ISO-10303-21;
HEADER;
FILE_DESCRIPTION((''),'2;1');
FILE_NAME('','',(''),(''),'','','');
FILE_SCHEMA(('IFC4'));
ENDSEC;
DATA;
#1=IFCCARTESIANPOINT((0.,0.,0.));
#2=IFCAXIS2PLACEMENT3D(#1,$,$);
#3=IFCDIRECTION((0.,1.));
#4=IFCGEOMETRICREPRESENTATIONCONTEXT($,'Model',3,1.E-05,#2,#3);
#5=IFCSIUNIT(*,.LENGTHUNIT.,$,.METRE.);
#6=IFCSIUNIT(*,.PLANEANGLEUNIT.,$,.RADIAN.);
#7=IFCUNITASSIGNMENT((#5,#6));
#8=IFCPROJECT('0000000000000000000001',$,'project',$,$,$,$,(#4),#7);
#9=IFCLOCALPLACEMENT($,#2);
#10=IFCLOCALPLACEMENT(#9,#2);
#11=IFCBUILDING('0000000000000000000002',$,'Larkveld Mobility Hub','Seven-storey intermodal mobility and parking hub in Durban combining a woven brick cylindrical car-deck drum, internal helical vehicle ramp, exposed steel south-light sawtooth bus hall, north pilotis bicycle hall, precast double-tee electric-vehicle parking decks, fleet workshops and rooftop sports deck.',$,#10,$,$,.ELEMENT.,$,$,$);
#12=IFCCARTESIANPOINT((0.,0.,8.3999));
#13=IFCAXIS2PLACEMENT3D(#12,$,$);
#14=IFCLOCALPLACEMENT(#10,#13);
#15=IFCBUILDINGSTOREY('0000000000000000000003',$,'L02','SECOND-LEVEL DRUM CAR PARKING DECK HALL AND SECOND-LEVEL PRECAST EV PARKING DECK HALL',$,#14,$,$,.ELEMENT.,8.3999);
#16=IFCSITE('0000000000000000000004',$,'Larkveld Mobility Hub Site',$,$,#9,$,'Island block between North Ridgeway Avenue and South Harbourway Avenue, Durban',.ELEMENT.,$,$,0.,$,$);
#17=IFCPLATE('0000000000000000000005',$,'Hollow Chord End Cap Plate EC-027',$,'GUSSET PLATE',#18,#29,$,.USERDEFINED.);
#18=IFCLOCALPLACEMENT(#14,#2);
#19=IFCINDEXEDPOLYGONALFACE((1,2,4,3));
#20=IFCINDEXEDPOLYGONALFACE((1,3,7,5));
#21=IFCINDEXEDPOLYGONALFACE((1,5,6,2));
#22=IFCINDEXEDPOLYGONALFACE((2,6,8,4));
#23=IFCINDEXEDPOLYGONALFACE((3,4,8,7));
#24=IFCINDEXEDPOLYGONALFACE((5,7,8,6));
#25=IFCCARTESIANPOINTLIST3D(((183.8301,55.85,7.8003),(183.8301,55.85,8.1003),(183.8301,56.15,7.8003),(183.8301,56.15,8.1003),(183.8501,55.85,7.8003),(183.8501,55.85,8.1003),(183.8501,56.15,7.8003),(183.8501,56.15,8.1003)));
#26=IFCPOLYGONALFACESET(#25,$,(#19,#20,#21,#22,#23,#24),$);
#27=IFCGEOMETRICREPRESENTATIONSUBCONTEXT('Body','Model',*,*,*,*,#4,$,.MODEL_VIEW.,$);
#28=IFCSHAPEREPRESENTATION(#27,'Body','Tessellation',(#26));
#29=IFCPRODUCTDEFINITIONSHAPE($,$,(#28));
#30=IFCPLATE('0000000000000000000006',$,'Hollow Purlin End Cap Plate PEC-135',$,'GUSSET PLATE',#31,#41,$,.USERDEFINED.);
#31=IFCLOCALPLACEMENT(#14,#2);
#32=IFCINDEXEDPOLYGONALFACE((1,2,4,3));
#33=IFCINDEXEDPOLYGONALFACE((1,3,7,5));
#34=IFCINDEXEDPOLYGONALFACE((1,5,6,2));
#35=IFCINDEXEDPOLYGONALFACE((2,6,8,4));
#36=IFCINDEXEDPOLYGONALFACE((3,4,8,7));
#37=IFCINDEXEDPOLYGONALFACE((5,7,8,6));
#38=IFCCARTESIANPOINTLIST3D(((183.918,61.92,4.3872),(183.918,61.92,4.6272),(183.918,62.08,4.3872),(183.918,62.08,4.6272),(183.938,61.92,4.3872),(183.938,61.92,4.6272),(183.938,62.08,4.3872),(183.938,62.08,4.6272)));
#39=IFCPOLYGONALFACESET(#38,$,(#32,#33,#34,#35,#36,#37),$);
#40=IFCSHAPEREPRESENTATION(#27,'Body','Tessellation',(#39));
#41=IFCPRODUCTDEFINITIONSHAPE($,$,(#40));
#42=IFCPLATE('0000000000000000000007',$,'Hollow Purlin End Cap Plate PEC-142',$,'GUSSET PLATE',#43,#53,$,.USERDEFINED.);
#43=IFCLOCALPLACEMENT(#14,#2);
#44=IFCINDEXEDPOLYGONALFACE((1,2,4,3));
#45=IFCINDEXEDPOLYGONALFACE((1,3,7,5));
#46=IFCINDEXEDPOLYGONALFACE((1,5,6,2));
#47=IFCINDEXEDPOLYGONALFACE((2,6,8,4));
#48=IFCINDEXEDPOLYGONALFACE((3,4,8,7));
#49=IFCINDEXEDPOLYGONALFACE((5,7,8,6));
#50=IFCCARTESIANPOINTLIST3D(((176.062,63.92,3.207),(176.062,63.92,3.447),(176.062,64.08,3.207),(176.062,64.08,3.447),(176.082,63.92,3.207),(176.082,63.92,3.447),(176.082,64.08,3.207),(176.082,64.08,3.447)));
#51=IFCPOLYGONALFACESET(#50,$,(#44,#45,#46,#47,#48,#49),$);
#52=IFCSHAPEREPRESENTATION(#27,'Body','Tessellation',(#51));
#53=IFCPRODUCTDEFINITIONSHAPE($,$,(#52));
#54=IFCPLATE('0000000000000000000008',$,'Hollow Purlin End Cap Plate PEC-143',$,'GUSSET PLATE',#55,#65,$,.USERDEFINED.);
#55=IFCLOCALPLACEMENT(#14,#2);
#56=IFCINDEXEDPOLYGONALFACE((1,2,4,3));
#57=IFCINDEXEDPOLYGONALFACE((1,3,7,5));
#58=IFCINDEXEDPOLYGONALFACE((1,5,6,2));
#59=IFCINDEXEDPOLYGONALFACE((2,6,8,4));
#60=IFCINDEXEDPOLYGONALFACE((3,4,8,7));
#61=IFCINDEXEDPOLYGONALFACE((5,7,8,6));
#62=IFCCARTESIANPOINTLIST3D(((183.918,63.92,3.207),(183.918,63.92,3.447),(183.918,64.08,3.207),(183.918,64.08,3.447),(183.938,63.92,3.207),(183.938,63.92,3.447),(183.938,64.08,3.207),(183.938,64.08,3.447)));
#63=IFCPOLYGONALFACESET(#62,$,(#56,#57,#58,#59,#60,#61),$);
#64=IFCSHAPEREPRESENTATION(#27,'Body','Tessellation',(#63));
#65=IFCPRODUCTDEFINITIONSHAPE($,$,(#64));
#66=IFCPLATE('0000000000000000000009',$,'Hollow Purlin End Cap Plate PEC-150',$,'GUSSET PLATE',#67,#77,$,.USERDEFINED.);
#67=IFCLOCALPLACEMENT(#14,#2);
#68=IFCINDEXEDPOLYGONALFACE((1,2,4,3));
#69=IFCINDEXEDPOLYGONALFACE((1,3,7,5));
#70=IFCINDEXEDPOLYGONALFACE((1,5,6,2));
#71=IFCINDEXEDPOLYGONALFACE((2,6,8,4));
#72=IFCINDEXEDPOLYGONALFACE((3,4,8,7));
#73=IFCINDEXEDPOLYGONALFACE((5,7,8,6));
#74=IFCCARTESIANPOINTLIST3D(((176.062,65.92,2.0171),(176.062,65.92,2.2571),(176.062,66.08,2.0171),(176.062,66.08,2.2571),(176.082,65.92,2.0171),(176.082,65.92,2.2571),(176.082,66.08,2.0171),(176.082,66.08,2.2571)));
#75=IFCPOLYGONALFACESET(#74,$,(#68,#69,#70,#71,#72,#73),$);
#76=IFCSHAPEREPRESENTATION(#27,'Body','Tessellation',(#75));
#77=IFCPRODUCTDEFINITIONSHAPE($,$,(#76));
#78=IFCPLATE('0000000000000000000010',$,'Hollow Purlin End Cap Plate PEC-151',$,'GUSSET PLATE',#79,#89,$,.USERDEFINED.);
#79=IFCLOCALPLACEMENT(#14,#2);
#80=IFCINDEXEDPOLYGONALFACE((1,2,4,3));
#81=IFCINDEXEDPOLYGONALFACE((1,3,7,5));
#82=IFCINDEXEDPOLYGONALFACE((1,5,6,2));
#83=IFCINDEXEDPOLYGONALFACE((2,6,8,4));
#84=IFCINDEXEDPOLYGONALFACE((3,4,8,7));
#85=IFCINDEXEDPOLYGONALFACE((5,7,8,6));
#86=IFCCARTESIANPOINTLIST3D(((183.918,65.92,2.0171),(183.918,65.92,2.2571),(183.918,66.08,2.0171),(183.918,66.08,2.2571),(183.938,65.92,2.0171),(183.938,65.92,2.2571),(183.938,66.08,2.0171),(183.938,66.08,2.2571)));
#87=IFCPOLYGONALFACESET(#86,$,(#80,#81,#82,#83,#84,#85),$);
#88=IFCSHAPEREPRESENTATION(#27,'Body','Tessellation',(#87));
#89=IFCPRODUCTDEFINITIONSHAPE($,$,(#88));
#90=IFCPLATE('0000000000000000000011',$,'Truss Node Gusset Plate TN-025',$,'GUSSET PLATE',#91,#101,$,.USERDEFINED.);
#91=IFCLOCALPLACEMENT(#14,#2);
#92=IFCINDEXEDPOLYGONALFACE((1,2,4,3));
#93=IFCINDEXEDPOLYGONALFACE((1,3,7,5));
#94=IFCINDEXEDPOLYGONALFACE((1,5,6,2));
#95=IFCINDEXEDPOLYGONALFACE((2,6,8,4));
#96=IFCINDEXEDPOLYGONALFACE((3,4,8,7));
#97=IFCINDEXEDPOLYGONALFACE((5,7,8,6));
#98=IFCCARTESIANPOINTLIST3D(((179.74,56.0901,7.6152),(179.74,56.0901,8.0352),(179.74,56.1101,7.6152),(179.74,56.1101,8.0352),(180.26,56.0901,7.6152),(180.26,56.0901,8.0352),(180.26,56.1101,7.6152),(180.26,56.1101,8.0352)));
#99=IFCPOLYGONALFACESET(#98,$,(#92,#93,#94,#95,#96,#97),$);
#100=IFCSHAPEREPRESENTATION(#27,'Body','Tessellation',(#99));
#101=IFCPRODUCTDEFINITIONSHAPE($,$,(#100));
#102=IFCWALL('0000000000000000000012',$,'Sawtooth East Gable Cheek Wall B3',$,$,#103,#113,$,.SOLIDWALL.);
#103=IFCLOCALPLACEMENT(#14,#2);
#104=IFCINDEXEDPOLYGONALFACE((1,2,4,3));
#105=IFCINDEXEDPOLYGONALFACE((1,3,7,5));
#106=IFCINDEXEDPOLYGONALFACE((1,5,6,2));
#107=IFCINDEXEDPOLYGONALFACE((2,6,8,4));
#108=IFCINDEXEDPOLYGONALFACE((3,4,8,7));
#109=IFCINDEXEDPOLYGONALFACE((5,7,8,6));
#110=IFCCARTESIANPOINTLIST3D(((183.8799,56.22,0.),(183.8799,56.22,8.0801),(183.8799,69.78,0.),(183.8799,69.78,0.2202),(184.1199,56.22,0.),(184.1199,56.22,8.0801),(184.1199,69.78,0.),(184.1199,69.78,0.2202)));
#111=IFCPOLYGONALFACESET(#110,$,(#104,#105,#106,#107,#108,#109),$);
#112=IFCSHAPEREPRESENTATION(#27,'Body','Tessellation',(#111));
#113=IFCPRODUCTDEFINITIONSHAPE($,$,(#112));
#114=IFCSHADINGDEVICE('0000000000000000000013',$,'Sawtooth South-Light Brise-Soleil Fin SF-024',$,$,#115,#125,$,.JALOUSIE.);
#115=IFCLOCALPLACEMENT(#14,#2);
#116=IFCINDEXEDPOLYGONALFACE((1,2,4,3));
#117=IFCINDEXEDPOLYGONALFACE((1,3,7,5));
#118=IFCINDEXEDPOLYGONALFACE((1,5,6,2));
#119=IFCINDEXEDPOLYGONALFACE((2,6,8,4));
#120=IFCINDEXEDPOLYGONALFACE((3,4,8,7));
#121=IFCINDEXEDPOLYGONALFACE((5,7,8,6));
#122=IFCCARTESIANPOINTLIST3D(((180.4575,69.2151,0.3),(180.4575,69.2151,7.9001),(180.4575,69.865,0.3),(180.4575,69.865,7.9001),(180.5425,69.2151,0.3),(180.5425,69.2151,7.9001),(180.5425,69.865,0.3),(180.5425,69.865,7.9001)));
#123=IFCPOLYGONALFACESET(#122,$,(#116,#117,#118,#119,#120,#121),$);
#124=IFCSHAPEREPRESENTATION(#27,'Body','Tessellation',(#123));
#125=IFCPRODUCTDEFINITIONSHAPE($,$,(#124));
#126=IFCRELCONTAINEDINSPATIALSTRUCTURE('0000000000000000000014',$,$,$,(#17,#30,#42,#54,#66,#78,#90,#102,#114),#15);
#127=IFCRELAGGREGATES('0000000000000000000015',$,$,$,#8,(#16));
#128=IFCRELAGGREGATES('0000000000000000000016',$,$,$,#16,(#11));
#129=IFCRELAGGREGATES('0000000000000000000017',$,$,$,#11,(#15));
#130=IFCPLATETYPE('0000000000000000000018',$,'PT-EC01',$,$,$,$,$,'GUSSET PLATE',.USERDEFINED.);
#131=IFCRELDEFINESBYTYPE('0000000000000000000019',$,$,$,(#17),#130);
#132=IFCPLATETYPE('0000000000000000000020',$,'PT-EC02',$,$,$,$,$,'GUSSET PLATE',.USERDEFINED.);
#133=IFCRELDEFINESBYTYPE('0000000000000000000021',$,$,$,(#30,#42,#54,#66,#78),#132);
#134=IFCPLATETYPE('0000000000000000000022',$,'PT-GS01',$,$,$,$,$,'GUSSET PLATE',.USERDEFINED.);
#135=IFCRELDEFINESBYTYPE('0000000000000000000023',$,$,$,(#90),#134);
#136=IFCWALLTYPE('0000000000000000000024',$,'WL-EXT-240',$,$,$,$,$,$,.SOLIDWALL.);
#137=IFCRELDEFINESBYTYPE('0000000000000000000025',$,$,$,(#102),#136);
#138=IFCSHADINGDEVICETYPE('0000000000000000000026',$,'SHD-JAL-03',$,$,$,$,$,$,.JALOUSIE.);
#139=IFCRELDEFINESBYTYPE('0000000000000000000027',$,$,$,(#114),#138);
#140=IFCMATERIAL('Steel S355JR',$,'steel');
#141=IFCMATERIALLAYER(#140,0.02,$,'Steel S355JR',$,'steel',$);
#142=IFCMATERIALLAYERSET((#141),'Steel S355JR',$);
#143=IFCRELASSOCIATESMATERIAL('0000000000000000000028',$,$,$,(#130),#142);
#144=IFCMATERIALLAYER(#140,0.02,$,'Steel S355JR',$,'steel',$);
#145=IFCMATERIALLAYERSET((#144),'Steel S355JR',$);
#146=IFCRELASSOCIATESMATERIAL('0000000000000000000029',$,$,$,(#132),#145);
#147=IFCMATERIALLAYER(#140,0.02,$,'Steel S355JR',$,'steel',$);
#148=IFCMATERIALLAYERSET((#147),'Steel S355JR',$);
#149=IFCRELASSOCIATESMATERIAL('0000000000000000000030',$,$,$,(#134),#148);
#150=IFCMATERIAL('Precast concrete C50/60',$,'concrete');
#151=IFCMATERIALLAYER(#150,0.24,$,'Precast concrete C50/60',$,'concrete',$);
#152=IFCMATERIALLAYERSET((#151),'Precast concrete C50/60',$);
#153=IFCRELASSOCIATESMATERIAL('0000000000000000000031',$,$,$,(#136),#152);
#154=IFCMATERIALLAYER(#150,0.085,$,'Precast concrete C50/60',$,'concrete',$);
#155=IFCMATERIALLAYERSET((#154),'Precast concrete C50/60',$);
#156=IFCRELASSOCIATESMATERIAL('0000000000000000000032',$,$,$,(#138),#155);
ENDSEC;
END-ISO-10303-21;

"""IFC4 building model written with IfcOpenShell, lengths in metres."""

from ifc_helpers import new_model, si_unit, direction, frame, origin, origin_2d, place, context, subcontext, project, spatial, polyline, rectangle, outline, extrude, material, layer, layer_set, type_object, element, save


model = new_model("IFC4")

# Units and contexts
model_context = context("Model", 3, precision=1e-05, world=origin(), true_north=direction((0.0, 1.0)))
body_context = subcontext(model_context, "Body", "Model", "MODEL_VIEW")
ifc_project = project(units=[si_unit("LENGTHUNIT", "METRE"), si_unit("PLANEANGLEUNIT", "RADIAN")], contexts=[model_context])

# Site, building, storey
site_placement = place(None, origin())
site = spatial("IfcSite", under=ifc_project, at=site_placement, Name="Larkveld Mobility Hub Site", LongName="Island block between North Ridgeway Avenue and South Harbourway Avenue, Durban", CompositionType="ELEMENT", RefElevation=0.0)
building_placement = place(site_placement, origin())
building = spatial("IfcBuilding", under=site, at=building_placement, Name="Larkveld Mobility Hub", Description="Seven-storey intermodal mobility and parking hub in Durban combining a woven brick cylindrical car-deck drum, internal helical vehicle ramp, exposed steel south-light sawtooth bus hall, north pilotis bicycle hall, precast double-tee electric-vehicle parking decks, fleet workshops and rooftop sports deck.", CompositionType="ELEMENT")
storey_placement = place(building_placement, frame((0.0, 0.0, 8.3999)))
storey = spatial("IfcBuildingStorey", under=building, at=storey_placement, Name="L02", Description="SECOND-LEVEL DRUM CAR PARKING DECK HALL AND SECOND-LEVEL PRECAST EV PARKING DECK HALL", CompositionType="ELEMENT", Elevation=8.3999)

# Shared definitions
ifc_material_1 = material(Name="Steel S355JR", Category="steel")

# Plates
ifc_layer_1 = layer(ifc_material_1, 0.02, Name="Steel S355JR", Category="steel")
ifc_layer_set_1 = layer_set([ifc_layer_1], Name="Steel S355JR")
plate_type_1 = type_object("IfcPlateType", Name="PT-EC01", ElementType="GUSSET PLATE", PredefinedType="USERDEFINED", material=ifc_layer_set_1)
plate_1_placement = place(storey_placement, frame((183.8401, 56.0, 7.8003), z_axis=(0.0, 0.0, 1.0), x_axis=(1.0, 0.0, 0.0)))
element("IfcPlate", 1, at=plate_1_placement, inside=storey, type_object=plate_type_1, Name="Hollow Chord End Cap Plate EC-027", ObjectType="GUSSET PLATE", PredefinedType="USERDEFINED", context=body_context, shape_type="SweptSolid", body=[
    extrude(rectangle(XDim=0.02, YDim=0.3, at=origin_2d()), origin(), (0.0, 0.0, 1.0), 0.3),
])
ifc_layer_2 = layer(ifc_material_1, 0.02, Name="Steel S355JR", Category="steel")
ifc_layer_set_2 = layer_set([ifc_layer_2], Name="Steel S355JR")
plate_type_2 = type_object("IfcPlateType", Name="PT-EC02", ElementType="GUSSET PLATE", PredefinedType="USERDEFINED", material=ifc_layer_set_2)
for number, where, z_axis, x_axis, name in (
    (2, (183.928, 62.0, 4.3872), (0.0, 0.0, 1.0), (1.0, 0.0, 0.0), "Hollow Purlin End Cap Plate PEC-135"),
    (3, (176.072, 64.0, 3.207), (0.0, 0.0, 1.0), (1.0, 0.0, 0.0), "Hollow Purlin End Cap Plate PEC-142"),
    (4, (183.928, 64.0, 3.207), (0.0, 0.0, 1.0), (1.0, 0.0, 0.0), "Hollow Purlin End Cap Plate PEC-143"),
    (5, (176.072, 66.0, 2.0171), (0.0, 0.0, 1.0), (1.0, 0.0, 0.0), "Hollow Purlin End Cap Plate PEC-150"),
    (6, (183.928, 66.0, 2.0171), (0.0, 0.0, 1.0), (1.0, 0.0, 0.0), "Hollow Purlin End Cap Plate PEC-151"),
):
    element("IfcPlate", number, at=place(storey_placement, frame(where, z_axis=z_axis, x_axis=x_axis)), inside=storey, type_object=plate_type_2, Name=name, ObjectType="GUSSET PLATE", PredefinedType="USERDEFINED", context=body_context, shape_type="SweptSolid", body=[
        extrude(rectangle(XDim=0.02, YDim=0.1599, at=origin_2d()), origin(), (0.0, 0.0, 1.0), 0.24),
    ])
ifc_layer_3 = layer(ifc_material_1, 0.02, Name="Steel S355JR", Category="steel")
ifc_layer_set_3 = layer_set([ifc_layer_3], Name="Steel S355JR")
plate_type_3 = type_object("IfcPlateType", Name="PT-GS01", ElementType="GUSSET PLATE", PredefinedType="USERDEFINED", material=ifc_layer_set_3)
plate_2_placement = place(storey_placement, frame((180.0, 56.1001, 7.6152), z_axis=(0.0, 0.0, 1.0), x_axis=(1.0, 0.0, 0.0)))
element("IfcPlate", 7, at=plate_2_placement, inside=storey, type_object=plate_type_3, Name="Truss Node Gusset Plate TN-025", ObjectType="GUSSET PLATE", PredefinedType="USERDEFINED", context=body_context, shape_type="SweptSolid", body=[
    extrude(rectangle(XDim=0.52, YDim=0.02, at=origin_2d()), origin(), (0.0, 0.0, 1.0), 0.4199),
])

# Wall
ifc_material_2 = material(Name="Precast concrete C50/60", Category="concrete")
ifc_layer_4 = layer(ifc_material_2, 0.24, Name="Precast concrete C50/60", Category="concrete")
ifc_layer_set_4 = layer_set([ifc_layer_4], Name="Precast concrete C50/60")
wall_type = type_object("IfcWallType", Name="WL-EXT-240", PredefinedType="SOLIDWALL", material=ifc_layer_set_4)
wall_placement = place(storey_placement, frame((184.0, 56.22, 0.0), z_axis=(0.0, 0.0, 1.0), x_axis=(0.0, 1.0, 0.0)))
element("IfcWall", 8, at=wall_placement, inside=storey, type_object=wall_type, Name="Sawtooth East Gable Cheek Wall B3", PredefinedType="SOLIDWALL", context=body_context, shape_type="SweptSolid", body=[
    extrude(outline(polyline([(0.0, 0.0), (13.5601, 0.0), (13.5601, 0.2202), (0.0, 8.0801), (0.0, 0.0)])), frame((0.0, 0.1201, 0.0), z_axis=(0.0, -1.0, 0.0), x_axis=(1.0, 0.0, 0.0)), (0.0, 0.0, 1.0), 0.24),
])

# Shading device
ifc_layer_5 = layer(ifc_material_2, 0.085, Name="Precast concrete C50/60", Category="concrete")
ifc_layer_set_5 = layer_set([ifc_layer_5], Name="Precast concrete C50/60")
shading_device_type = type_object("IfcShadingDeviceType", Name="SHD-JAL-03", PredefinedType="JALOUSIE", material=ifc_layer_set_5)
shading_device_placement = place(storey_placement, frame((180.5, 69.54, 0.3), z_axis=(0.0, 0.0, 1.0), x_axis=(1.0, 0.0, 0.0)))
element("IfcShadingDevice", 9, at=shading_device_placement, inside=storey, type_object=shading_device_type, Name="Sawtooth South-Light Brise-Soleil Fin SF-024", PredefinedType="JALOUSIE", context=body_context, shape_type="SweptSolid", body=[
    extrude(rectangle(XDim=0.085, YDim=0.6499, at=origin_2d()), origin(), (0.0, 0.0, 1.0), 7.6001),
])

save(model, "model.ifc")
